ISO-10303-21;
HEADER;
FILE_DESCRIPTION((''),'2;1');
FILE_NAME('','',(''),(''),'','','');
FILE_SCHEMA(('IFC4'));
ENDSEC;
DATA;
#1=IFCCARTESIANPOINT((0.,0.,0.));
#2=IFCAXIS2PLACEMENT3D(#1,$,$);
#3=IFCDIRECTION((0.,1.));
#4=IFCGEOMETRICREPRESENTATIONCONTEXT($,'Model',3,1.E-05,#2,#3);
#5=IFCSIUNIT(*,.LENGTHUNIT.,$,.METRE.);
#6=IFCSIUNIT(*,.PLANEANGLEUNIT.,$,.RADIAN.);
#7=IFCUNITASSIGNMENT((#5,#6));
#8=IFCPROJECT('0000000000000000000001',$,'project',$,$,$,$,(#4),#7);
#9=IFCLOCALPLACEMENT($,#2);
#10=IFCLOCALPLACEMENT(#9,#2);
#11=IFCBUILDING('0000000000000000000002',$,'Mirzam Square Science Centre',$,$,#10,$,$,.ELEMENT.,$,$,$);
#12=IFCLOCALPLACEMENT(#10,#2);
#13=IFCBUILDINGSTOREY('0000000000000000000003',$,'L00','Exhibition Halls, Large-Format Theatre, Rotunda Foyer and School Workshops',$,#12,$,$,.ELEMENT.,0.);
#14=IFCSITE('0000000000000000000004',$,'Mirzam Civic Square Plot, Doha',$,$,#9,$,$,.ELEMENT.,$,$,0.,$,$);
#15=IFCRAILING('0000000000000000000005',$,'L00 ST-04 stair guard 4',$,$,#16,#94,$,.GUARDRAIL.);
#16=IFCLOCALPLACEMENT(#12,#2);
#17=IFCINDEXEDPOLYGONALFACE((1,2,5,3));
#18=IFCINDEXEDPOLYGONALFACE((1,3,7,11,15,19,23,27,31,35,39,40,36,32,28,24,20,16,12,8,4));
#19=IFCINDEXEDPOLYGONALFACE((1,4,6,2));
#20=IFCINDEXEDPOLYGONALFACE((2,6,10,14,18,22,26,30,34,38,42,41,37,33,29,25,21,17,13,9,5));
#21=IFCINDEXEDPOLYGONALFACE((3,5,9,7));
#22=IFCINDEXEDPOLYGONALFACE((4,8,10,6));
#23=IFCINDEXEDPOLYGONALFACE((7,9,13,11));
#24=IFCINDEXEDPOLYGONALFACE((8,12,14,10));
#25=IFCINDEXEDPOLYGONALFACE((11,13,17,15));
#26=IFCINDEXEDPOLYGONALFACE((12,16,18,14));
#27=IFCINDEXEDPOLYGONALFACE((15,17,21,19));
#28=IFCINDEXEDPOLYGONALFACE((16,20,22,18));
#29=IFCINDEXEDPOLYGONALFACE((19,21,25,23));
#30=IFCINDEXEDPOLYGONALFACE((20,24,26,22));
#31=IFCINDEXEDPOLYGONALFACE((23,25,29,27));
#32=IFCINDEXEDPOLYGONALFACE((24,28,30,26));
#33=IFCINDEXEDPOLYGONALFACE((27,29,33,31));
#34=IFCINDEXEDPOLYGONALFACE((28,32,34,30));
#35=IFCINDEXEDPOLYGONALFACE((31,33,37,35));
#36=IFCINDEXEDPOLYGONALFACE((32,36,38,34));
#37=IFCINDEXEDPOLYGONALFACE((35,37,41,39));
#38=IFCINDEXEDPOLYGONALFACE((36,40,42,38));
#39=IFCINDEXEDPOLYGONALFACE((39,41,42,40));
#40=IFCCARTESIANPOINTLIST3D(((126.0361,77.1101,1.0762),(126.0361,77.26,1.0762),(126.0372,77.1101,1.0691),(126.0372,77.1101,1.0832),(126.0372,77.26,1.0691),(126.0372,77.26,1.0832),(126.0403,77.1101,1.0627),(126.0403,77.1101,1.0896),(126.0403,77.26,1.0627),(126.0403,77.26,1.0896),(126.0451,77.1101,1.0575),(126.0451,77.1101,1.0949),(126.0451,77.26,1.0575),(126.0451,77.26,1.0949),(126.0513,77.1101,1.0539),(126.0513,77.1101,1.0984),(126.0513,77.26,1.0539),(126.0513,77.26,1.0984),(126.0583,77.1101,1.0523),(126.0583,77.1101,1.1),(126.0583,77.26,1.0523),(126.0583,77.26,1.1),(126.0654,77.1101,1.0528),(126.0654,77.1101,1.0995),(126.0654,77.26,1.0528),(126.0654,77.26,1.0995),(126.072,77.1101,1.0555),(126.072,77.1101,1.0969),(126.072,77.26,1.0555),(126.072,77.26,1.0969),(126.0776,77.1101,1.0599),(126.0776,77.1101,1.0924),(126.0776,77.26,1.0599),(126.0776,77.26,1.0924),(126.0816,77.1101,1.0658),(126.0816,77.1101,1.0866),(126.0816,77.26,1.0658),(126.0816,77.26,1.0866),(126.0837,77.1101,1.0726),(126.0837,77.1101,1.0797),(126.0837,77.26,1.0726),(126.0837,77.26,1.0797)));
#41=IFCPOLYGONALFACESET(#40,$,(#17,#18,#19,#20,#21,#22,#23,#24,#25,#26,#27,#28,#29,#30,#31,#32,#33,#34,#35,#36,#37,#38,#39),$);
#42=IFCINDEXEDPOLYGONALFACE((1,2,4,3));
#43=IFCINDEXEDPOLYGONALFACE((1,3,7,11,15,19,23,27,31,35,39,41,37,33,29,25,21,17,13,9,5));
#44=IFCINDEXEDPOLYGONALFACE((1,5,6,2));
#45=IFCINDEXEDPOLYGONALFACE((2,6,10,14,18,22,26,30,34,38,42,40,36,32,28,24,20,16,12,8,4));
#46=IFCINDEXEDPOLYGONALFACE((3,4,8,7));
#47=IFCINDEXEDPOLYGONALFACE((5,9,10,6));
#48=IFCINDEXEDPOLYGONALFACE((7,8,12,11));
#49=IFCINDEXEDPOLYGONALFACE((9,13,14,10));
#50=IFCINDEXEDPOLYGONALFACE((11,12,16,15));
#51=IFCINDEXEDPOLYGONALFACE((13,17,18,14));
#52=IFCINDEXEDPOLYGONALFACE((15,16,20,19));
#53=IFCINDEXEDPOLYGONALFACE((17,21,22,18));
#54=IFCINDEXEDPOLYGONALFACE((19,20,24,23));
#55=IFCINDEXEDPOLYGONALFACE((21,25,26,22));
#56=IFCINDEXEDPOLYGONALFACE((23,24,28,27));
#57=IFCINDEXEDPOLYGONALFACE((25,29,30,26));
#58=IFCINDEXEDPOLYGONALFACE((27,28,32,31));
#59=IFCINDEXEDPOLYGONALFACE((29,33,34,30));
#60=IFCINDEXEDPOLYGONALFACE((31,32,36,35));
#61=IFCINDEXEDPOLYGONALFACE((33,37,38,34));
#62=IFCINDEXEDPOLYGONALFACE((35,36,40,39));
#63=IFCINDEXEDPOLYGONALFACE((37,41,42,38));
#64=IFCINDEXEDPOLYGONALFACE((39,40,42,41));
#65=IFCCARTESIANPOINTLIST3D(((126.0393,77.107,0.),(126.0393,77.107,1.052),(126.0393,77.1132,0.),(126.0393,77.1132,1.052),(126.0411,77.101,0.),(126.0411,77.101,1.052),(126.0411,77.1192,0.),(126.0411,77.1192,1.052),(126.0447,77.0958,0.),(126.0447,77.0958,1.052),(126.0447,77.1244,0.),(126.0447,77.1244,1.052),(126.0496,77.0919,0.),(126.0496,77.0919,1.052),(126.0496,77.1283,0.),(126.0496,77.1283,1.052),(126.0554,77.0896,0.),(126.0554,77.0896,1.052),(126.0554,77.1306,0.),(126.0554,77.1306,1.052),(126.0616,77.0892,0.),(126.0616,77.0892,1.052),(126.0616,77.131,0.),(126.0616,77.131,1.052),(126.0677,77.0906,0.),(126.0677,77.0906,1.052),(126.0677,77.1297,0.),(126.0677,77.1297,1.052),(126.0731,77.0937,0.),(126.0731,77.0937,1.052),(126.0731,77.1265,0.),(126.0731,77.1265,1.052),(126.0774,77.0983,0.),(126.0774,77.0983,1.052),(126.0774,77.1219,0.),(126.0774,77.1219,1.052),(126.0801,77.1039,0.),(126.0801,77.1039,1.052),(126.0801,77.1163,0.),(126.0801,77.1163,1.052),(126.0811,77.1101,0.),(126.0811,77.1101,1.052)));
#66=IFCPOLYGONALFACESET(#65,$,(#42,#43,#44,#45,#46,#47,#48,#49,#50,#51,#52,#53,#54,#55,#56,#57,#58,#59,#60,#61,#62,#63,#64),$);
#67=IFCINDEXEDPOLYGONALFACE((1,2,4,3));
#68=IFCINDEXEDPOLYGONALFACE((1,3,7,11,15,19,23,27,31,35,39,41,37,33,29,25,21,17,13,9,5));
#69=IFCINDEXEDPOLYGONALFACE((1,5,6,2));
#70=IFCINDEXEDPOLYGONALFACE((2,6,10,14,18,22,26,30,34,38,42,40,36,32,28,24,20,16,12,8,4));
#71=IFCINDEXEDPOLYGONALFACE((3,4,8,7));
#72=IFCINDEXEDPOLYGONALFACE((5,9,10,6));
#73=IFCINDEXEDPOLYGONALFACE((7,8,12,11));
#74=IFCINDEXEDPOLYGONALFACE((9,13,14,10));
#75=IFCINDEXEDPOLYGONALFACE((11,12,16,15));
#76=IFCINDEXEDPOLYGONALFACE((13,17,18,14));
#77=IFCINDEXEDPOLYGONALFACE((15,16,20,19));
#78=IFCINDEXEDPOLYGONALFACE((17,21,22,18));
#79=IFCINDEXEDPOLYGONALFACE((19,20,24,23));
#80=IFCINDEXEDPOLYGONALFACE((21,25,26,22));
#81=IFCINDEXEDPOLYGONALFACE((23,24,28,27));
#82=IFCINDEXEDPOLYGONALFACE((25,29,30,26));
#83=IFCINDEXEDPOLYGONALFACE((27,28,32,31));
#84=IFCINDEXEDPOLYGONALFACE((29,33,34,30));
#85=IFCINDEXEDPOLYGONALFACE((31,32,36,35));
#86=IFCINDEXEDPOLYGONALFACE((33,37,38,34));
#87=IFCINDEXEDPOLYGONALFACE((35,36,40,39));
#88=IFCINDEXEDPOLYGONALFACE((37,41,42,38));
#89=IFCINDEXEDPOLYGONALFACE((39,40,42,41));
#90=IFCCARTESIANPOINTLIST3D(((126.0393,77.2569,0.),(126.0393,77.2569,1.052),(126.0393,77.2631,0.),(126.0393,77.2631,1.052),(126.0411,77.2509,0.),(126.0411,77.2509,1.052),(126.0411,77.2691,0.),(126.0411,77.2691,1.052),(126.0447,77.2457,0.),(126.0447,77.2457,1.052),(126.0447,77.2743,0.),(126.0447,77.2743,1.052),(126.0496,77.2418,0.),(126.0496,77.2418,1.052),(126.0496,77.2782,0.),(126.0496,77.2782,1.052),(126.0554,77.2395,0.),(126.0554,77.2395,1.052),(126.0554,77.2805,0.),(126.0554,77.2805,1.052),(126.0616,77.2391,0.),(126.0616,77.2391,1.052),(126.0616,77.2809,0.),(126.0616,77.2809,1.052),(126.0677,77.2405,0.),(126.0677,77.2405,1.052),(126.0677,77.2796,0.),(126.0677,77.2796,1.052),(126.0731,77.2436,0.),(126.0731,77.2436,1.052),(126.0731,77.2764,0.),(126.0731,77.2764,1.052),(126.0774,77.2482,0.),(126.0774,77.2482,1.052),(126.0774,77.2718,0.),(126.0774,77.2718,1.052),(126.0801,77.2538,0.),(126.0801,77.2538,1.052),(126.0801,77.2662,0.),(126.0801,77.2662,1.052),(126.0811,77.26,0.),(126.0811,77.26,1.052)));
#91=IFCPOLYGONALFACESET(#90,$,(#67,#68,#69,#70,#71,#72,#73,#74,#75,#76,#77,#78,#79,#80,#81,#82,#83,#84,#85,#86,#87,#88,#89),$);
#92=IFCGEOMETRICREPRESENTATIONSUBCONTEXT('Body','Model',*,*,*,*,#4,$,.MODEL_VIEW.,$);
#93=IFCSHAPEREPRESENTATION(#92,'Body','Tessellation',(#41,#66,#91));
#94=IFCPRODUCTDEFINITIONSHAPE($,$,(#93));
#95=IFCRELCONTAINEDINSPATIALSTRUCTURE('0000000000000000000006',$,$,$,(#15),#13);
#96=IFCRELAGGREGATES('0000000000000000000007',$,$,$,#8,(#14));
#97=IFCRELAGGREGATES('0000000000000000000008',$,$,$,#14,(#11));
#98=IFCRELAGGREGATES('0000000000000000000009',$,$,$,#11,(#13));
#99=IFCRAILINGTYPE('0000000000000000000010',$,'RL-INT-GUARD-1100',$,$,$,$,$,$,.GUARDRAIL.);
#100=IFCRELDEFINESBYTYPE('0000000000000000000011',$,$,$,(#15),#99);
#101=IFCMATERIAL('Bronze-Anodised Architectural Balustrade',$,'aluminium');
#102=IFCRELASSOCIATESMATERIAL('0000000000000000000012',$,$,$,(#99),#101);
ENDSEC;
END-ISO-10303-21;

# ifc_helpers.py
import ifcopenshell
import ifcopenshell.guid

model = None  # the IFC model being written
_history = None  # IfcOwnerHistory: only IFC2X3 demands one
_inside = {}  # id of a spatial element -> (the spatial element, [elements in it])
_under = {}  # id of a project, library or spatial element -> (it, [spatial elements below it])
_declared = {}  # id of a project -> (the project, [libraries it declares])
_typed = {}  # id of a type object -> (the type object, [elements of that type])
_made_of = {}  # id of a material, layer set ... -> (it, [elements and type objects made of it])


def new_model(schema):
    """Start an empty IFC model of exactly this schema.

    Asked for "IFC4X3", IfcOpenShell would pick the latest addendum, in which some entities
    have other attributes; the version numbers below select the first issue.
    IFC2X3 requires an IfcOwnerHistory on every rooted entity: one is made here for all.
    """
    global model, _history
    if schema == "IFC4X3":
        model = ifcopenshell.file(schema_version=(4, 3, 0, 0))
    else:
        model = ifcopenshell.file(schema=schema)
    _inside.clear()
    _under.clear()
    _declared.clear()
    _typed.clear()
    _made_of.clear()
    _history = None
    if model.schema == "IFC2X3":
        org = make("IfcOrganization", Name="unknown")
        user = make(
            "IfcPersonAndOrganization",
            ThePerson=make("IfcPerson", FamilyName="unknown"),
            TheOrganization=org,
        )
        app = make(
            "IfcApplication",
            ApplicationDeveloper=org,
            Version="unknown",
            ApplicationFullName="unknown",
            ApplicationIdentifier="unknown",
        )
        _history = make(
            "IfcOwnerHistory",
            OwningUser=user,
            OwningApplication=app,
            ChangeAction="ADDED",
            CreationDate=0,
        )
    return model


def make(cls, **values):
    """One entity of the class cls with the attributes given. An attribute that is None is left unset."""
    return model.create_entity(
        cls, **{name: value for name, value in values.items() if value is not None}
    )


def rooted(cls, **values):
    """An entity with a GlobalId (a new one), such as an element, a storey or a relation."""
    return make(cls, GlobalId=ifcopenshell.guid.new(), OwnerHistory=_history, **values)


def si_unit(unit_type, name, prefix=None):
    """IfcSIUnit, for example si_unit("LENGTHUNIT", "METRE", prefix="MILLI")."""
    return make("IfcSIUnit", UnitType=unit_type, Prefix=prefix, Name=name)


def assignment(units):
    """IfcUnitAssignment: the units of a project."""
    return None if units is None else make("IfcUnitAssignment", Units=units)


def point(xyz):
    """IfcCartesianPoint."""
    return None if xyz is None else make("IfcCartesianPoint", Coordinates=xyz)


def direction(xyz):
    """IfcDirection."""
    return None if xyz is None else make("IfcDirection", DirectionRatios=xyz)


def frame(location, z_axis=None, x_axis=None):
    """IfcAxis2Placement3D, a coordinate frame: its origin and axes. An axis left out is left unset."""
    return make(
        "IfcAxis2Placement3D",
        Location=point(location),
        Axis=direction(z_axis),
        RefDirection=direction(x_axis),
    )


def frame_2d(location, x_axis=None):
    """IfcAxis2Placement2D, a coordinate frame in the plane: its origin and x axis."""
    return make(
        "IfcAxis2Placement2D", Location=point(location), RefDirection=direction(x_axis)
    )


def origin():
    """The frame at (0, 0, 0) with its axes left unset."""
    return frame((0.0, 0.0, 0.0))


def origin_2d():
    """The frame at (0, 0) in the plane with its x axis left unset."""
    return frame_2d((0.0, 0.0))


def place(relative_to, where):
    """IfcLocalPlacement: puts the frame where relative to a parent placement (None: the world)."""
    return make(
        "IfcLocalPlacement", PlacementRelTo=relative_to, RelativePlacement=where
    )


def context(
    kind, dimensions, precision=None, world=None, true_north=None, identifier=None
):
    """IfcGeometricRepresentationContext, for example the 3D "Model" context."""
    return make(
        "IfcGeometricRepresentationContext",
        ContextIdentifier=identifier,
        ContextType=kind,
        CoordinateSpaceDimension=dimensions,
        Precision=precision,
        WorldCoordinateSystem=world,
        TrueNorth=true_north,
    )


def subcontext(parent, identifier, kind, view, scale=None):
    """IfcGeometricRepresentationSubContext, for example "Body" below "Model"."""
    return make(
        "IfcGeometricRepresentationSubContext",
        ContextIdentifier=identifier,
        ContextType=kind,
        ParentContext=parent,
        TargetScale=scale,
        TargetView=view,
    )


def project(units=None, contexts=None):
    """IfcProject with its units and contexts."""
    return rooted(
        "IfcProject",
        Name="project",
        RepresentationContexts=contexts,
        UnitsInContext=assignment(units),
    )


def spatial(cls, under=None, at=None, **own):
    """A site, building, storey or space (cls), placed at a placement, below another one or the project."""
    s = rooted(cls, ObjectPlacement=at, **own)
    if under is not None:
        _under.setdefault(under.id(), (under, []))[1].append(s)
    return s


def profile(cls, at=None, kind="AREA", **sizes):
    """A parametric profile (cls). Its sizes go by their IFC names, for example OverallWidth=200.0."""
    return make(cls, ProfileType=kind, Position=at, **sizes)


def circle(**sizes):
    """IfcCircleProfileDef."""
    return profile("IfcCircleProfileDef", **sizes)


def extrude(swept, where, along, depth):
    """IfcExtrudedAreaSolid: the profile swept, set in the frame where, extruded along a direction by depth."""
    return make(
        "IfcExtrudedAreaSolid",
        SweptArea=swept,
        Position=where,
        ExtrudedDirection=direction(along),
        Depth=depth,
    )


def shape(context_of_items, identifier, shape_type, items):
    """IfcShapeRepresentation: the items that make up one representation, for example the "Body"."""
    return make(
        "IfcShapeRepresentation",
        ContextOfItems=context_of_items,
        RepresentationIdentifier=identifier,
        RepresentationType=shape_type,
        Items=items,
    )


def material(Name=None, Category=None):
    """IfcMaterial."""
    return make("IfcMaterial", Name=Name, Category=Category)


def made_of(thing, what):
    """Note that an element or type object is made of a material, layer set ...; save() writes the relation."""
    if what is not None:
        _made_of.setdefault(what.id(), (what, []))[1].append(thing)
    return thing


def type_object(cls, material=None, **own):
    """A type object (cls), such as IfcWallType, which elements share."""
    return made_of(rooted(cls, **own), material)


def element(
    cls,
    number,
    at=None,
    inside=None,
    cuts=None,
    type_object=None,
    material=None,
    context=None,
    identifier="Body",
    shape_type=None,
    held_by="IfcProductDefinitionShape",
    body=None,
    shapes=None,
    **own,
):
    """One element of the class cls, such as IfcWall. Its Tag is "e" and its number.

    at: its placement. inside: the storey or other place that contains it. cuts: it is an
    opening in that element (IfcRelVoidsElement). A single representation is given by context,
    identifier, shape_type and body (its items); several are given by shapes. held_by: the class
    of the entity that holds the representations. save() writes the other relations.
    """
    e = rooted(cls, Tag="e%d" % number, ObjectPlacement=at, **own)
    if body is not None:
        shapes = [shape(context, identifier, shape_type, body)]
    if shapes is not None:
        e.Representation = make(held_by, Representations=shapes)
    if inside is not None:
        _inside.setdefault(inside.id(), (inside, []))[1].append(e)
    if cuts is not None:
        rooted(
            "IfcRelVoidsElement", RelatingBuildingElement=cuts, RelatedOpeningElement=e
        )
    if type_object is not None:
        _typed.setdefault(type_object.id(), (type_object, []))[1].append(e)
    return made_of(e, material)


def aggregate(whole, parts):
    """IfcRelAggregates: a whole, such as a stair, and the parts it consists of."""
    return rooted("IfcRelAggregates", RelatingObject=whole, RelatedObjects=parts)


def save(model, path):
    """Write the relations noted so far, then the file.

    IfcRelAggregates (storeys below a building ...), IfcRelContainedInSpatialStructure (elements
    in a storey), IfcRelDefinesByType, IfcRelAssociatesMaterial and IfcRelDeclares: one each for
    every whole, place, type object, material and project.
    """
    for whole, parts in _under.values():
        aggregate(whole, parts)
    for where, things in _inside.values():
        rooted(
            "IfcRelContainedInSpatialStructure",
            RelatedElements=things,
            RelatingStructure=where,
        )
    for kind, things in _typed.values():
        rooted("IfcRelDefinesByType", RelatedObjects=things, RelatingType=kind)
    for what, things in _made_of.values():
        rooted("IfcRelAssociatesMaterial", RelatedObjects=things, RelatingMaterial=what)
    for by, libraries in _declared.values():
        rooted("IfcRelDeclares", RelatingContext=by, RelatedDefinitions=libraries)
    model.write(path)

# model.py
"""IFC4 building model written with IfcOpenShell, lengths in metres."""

from ifc_helpers import new_model, si_unit, direction, frame, origin, origin_2d, place, context, subcontext, project, spatial, circle, extrude, material, type_object, element, save


model = new_model("IFC4")

# Units and contexts
model_context = context("Model", 3, precision=1e-05, world=origin(), true_north=direction((0.0, 1.0)))
body_context = subcontext(model_context, "Body", "Model", "MODEL_VIEW")
ifc_project = project(units=[si_unit("LENGTHUNIT", "METRE"), si_unit("PLANEANGLEUNIT", "RADIAN")], contexts=[model_context])

# Site, building, storey
site_placement = place(None, origin())
site = spatial("IfcSite", under=ifc_project, at=site_placement, Name="Mirzam Civic Square Plot, Doha", CompositionType="ELEMENT", RefElevation=0.0)
building_placement = place(site_placement, origin())
building = spatial("IfcBuilding", under=site, at=building_placement, Name="Mirzam Square Science Centre", CompositionType="ELEMENT")
storey_placement = place(building_placement, origin())
storey = spatial("IfcBuildingStorey", under=building, at=storey_placement, Name="L00", Description="Exhibition Halls, Large-Format Theatre, Rotunda Foyer and School Workshops", CompositionType="ELEMENT", Elevation=0.0)

# Railing
ifc_material_1 = material(Name="Bronze-Anodised Architectural Balustrade", Category="aluminium")
railing_type_1 = type_object("IfcRailingType", Name="RL-INT-GUARD-1100", PredefinedType="GUARDRAIL", material=ifc_material_1)
railing_1_placement = place(storey_placement, frame((126.0601, 77.1101, 0.0)))
element("IfcRailing", 1, at=railing_1_placement, inside=storey, type_object=railing_type_1, Name="L00 ST-04 stair guard 4", PredefinedType="GUARDRAIL", context=body_context, shape_type="SweptSolid", body=[
    extrude(circle(Radius=0.0239, at=origin_2d()), frame((0.0, 0.0, 1.0762), z_axis=(0.0, 1.0, 0.0), x_axis=(-1.0, 0.0, 0.0)), (0.0, 0.0, 1.0), 0.1499),
    extrude(circle(Radius=0.021, at=origin_2d()), origin(), (0.0, 0.0, 1.0), 1.052),
    extrude(circle(Radius=0.021, at=origin_2d()), frame((0.0, 0.1499, 0.0)), (0.0, 0.0, 1.0), 1.052),
])

save(model, "model.ifc")
